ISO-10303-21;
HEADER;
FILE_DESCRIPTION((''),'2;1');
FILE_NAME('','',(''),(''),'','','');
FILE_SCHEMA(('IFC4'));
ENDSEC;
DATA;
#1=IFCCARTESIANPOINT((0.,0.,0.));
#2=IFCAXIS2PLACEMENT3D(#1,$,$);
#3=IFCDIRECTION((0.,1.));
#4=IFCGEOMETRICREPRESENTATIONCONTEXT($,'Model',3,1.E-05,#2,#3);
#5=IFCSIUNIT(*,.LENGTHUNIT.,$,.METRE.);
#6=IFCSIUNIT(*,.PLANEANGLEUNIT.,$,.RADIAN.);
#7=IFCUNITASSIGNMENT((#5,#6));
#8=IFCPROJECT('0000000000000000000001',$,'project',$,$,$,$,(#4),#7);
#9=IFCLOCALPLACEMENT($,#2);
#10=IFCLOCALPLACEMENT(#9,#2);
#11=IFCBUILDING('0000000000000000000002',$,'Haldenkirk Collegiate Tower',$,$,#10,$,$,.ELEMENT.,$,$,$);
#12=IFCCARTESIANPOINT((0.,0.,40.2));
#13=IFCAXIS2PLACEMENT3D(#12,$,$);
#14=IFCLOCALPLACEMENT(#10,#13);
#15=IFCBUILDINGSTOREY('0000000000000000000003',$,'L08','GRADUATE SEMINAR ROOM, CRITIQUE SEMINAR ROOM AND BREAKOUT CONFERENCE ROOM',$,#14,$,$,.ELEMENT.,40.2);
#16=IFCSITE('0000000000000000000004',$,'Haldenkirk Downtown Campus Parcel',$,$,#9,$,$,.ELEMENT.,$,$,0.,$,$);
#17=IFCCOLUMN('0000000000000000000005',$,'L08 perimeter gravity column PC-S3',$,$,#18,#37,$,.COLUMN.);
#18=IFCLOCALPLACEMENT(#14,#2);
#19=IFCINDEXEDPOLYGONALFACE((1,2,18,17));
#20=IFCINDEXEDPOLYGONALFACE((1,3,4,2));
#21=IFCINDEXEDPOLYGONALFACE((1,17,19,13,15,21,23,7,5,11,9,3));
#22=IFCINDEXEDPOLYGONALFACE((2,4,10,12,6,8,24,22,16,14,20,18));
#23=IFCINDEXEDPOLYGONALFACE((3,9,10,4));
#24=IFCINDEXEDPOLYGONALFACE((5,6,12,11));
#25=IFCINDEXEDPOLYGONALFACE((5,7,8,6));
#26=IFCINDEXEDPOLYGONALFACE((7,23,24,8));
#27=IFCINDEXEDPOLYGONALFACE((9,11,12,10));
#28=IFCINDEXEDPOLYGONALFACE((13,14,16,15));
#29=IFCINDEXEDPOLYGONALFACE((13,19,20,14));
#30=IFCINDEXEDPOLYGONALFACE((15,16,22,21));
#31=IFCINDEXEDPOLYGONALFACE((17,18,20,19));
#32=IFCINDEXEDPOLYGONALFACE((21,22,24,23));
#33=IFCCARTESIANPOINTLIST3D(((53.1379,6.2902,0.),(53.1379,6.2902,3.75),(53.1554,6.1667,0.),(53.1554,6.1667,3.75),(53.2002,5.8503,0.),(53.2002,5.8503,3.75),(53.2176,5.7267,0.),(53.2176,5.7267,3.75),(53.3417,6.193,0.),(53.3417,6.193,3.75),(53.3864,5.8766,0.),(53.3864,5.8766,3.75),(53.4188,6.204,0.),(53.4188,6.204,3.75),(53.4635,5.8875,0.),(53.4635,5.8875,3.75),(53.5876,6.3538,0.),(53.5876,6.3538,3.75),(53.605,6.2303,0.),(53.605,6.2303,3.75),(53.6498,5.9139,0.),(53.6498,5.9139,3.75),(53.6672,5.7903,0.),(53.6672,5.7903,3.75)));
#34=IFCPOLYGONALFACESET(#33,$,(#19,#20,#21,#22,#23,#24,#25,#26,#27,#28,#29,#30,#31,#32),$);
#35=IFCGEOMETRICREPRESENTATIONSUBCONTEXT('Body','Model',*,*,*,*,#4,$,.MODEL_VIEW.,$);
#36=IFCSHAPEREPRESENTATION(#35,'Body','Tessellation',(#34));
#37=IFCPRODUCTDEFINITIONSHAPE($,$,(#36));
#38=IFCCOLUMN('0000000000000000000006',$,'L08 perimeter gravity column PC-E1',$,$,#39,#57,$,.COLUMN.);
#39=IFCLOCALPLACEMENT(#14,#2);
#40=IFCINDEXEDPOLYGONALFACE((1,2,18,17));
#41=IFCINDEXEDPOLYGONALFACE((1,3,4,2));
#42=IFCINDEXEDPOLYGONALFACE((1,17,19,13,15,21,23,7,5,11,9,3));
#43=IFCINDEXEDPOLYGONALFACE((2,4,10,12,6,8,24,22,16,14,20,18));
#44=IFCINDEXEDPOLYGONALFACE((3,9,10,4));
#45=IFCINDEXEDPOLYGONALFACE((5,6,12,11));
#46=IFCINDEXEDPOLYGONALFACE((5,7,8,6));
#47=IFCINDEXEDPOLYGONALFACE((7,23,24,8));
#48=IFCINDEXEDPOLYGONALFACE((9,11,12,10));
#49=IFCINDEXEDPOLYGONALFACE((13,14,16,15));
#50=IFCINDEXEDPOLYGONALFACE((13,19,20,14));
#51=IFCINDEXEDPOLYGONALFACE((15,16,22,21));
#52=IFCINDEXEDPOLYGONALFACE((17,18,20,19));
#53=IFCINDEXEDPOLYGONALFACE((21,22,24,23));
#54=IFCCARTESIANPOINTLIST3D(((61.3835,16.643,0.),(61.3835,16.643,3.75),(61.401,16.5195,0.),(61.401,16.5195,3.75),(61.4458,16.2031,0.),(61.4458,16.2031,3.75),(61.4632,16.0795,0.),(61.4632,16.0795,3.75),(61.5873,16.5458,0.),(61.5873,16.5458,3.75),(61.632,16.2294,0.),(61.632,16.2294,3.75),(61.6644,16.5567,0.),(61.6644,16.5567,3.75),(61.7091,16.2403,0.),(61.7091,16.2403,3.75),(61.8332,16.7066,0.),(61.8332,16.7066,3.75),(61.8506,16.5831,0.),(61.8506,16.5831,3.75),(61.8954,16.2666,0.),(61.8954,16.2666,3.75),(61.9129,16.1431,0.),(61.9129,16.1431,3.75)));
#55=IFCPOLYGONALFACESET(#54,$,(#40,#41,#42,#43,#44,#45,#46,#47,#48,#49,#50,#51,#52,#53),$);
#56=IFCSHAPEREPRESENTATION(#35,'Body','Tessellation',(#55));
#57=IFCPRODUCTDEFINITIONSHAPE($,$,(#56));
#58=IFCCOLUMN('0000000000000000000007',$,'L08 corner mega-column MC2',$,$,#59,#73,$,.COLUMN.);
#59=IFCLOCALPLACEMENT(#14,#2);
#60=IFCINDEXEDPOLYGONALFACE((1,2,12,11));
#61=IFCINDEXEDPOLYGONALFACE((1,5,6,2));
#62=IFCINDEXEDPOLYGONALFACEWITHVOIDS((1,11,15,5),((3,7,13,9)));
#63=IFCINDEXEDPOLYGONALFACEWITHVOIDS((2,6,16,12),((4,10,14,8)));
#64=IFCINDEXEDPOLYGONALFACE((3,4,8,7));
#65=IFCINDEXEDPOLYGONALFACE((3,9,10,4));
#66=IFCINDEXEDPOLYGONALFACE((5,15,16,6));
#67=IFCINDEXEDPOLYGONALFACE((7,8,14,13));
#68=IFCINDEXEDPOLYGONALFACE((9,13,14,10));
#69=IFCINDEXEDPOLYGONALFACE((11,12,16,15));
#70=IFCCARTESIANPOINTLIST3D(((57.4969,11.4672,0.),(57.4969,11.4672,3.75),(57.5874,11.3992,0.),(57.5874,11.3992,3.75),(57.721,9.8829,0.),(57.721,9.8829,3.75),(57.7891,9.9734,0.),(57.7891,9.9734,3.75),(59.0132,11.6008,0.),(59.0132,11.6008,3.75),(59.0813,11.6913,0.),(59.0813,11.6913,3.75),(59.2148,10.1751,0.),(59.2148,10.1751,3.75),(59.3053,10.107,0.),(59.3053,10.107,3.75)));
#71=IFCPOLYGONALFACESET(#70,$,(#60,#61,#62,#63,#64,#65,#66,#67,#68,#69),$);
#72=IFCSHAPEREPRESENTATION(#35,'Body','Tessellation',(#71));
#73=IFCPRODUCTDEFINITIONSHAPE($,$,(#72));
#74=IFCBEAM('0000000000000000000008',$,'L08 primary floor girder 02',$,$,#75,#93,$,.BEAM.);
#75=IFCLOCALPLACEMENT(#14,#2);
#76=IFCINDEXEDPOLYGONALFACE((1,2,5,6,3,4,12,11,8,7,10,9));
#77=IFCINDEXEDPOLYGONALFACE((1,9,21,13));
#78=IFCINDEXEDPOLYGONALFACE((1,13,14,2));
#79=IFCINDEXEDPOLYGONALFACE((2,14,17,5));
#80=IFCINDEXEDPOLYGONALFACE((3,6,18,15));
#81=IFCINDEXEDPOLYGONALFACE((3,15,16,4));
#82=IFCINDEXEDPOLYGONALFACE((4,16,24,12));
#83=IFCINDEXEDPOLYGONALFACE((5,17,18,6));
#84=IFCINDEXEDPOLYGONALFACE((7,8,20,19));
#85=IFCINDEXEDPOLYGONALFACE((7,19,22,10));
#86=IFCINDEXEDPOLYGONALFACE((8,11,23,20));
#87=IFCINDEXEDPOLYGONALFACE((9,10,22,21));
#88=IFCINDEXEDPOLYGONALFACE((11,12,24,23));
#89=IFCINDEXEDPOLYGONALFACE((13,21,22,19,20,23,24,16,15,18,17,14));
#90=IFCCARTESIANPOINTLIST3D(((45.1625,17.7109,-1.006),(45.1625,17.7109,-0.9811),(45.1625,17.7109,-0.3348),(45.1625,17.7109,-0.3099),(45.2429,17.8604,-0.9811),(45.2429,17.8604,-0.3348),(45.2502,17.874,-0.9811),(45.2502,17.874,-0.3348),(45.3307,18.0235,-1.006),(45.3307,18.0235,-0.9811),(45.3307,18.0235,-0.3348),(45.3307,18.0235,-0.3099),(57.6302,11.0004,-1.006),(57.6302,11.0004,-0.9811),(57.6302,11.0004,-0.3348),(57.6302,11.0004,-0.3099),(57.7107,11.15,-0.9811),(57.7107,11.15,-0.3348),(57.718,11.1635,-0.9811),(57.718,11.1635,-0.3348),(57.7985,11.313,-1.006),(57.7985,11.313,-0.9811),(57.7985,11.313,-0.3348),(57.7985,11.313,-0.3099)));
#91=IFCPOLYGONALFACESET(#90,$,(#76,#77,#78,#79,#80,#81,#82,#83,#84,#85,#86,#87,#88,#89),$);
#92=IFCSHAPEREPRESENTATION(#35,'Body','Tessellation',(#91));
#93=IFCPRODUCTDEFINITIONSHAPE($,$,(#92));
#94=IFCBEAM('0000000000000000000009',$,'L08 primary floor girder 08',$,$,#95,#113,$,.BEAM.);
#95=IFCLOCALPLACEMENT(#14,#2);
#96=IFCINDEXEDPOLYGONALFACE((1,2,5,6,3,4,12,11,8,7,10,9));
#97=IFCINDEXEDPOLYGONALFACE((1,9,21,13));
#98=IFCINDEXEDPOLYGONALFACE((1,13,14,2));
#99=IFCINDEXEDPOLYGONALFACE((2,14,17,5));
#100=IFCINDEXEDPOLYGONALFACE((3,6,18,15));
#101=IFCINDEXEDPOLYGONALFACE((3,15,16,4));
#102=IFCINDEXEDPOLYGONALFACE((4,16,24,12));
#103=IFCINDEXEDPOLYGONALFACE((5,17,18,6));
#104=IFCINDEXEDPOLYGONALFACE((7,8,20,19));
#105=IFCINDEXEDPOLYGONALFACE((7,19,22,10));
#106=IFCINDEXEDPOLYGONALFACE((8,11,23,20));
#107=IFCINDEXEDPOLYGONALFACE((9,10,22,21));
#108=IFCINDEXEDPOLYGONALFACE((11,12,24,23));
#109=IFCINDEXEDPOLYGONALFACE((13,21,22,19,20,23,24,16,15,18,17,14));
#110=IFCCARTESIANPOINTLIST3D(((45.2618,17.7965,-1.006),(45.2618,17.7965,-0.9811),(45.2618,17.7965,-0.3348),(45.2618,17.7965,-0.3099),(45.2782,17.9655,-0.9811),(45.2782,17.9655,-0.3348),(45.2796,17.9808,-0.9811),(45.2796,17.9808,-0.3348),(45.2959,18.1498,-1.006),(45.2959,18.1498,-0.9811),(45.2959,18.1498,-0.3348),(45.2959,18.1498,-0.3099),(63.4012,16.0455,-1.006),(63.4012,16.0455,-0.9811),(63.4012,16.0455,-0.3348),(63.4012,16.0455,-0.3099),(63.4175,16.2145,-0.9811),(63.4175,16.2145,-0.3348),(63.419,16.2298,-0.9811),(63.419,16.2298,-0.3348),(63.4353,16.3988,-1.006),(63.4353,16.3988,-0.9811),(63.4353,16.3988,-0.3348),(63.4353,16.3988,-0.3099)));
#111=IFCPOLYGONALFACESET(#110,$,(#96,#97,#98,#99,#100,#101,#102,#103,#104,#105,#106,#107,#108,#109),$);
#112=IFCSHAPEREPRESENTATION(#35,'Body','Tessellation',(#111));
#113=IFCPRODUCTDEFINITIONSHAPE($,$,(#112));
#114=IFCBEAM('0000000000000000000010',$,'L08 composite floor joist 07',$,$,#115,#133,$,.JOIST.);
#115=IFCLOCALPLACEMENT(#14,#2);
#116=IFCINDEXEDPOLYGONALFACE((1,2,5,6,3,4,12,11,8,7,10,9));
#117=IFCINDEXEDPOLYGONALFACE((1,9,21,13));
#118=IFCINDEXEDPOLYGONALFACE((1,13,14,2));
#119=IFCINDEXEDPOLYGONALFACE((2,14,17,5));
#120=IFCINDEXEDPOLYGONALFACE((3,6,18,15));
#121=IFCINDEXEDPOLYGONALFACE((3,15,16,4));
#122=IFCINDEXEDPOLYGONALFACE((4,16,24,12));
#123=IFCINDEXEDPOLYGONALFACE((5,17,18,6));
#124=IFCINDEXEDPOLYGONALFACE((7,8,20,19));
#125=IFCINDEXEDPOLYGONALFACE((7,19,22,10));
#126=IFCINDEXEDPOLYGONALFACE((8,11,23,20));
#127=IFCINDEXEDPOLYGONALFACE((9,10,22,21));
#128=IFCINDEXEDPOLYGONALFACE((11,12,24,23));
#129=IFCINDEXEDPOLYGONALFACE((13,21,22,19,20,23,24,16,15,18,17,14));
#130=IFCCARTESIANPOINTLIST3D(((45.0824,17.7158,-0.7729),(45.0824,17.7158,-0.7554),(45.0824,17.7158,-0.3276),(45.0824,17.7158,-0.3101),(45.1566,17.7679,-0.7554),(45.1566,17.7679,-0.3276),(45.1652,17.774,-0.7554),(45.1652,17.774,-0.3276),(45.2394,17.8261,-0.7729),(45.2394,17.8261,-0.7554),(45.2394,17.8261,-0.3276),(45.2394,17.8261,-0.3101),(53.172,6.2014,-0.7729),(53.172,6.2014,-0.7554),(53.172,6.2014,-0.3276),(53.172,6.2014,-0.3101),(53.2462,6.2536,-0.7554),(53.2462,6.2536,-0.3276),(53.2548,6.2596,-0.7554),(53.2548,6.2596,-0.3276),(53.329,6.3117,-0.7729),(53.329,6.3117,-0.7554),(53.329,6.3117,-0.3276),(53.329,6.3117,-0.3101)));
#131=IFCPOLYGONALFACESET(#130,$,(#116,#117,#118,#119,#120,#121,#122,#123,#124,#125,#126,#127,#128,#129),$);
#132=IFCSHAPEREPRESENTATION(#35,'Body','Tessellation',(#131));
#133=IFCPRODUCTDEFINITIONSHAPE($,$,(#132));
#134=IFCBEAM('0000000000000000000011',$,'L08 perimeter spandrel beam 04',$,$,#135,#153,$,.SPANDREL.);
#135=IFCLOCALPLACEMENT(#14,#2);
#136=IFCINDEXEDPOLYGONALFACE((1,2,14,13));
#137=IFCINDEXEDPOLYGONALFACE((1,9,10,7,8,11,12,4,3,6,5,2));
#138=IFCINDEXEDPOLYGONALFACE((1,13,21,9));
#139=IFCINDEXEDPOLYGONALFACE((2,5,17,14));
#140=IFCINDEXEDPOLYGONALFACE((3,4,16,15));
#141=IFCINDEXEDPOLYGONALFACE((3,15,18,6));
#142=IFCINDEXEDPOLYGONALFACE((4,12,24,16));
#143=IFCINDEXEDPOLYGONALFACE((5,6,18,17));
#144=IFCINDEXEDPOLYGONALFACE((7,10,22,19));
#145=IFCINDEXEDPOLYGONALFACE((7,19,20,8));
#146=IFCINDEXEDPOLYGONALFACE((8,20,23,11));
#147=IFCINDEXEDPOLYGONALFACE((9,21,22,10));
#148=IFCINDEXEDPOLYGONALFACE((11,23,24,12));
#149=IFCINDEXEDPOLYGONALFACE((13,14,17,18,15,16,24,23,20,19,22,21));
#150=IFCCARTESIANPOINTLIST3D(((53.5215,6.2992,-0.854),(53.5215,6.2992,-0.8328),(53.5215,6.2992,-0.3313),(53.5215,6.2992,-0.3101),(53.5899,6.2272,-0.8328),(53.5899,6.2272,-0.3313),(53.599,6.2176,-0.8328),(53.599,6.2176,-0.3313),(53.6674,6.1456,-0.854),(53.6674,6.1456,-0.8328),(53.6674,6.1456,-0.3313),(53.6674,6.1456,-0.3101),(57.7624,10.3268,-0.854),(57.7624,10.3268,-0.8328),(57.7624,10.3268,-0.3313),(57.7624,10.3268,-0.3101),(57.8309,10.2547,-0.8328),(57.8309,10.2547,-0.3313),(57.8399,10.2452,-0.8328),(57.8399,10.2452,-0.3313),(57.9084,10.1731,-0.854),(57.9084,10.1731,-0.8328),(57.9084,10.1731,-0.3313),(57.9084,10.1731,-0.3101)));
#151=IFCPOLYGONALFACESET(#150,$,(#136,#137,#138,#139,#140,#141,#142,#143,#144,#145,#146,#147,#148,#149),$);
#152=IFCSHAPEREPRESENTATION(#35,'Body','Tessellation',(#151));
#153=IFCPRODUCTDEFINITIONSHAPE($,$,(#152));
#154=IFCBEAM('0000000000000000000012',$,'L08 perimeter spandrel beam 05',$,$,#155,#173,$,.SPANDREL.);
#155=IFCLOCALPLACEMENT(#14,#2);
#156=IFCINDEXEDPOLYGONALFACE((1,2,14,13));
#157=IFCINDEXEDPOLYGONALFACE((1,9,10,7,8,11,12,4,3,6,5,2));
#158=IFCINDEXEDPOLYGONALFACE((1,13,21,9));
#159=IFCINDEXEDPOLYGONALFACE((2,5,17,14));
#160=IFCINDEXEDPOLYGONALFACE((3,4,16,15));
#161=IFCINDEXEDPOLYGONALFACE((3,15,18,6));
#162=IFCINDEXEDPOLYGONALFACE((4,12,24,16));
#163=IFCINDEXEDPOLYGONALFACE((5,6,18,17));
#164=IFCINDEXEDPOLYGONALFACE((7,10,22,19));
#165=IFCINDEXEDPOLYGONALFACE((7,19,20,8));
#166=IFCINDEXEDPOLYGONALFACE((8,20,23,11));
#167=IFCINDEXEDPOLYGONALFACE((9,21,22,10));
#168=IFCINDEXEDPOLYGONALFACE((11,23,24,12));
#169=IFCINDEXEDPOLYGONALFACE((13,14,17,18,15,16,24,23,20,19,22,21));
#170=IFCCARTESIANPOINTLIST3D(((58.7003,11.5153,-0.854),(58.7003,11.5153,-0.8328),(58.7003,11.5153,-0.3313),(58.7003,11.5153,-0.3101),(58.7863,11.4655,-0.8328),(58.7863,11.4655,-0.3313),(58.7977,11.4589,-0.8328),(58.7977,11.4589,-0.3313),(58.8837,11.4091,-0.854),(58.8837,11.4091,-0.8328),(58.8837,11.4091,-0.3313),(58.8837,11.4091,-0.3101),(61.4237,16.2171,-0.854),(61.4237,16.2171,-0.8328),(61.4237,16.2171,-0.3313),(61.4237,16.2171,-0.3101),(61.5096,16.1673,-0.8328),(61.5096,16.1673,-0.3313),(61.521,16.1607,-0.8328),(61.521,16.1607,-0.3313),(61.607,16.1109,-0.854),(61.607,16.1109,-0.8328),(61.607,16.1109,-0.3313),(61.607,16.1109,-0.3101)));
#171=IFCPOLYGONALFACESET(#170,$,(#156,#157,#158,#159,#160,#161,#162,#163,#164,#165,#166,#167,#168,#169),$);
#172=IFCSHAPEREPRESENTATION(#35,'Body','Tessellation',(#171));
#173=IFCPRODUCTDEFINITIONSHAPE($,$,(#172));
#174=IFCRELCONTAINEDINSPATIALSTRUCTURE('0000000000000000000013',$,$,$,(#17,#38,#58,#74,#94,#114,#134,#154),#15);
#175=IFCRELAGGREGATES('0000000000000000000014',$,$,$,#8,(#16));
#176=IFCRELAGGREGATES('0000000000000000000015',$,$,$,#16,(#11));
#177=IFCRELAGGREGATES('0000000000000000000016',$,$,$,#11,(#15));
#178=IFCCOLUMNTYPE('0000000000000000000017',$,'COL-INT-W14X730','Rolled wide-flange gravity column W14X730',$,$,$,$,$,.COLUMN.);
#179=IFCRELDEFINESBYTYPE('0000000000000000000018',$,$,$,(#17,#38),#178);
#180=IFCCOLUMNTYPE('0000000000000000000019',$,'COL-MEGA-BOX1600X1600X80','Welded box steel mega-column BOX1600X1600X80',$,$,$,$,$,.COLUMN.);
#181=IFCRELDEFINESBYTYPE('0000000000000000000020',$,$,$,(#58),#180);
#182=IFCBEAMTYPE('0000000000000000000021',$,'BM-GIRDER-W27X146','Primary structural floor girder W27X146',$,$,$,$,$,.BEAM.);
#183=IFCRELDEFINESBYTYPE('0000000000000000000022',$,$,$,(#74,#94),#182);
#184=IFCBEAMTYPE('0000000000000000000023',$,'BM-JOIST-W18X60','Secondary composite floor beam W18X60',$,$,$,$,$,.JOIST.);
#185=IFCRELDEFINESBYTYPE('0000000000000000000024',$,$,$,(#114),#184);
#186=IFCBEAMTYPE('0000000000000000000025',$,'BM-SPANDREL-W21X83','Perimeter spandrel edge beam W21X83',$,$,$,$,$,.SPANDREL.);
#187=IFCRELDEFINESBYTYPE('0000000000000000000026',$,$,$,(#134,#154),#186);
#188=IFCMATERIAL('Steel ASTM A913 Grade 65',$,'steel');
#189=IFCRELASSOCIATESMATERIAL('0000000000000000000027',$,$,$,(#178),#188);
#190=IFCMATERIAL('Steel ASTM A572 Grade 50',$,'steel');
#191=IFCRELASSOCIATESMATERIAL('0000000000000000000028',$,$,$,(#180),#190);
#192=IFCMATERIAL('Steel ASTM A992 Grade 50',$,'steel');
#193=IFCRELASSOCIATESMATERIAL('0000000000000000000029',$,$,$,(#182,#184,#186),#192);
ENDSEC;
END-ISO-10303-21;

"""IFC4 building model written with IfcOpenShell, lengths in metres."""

from ifc_helpers import new_model, si_unit, direction, frame, origin, origin_2d, place, context, subcontext, project, spatial, hollow_rectangle, i_section, extrude, material, material_profile, profile_set, type_object, element, save


model = new_model("IFC4")

# Units and contexts
model_context = context("Model", 3, precision=1e-05, world=origin(), true_north=direction((0.0, 1.0)))
body_context = subcontext(model_context, "Body", "Model", "MODEL_VIEW")
ifc_project = project(units=[si_unit("LENGTHUNIT", "METRE"), si_unit("PLANEANGLEUNIT", "RADIAN")], contexts=[model_context])

# Site, building, storey
site_placement = place(None, origin())
site = spatial("IfcSite", under=ifc_project, at=site_placement, Name="Haldenkirk Downtown Campus Parcel", CompositionType="ELEMENT", RefElevation=0.0)
building_placement = place(site_placement, origin())
building = spatial("IfcBuilding", under=site, at=building_placement, Name="Haldenkirk Collegiate Tower", CompositionType="ELEMENT")
storey_placement = place(building_placement, frame((0.0, 0.0, 40.2)))
storey = spatial("IfcBuildingStorey", under=building, at=storey_placement, Name="L08", Description="GRADUATE SEMINAR ROOM, CRITIQUE SEMINAR ROOM AND BREAKOUT CONFERENCE ROOM", CompositionType="ELEMENT", Elevation=40.2)

# Columns
ifc_material_1 = material(Name="Steel ASTM A913 Grade 65", Category="steel")
ifc_material_profile_1 = material_profile(ifc_material_1, i_section(OverallWidth=0.4541, OverallDepth=0.5691, WebThickness=0.0779, FlangeThickness=0.1248, at=origin_2d()), Name="W14X730")
ifc_profile_set_1 = profile_set([ifc_material_profile_1], Name="Steel ASTM A913 Grade 65")
column_type_1 = type_object("IfcColumnType", Name="COL-INT-W14X730", Description="Rolled wide-flange gravity column W14X730", PredefinedType="COLUMN", material=ifc_profile_set_1)
for number, where, z_axis, x_axis, name in (
    (1, (53.4026, 6.0403, 0.0), (0.0, 0.0, 1.0), (0.990146, 0.140037, 0.0), "L08 perimeter gravity column PC-S3"),
    (2, (61.6482, 16.3931, 0.0), (0.0, 0.0, 1.0), (0.990146, 0.140037, 0.0), "L08 perimeter gravity column PC-E1"),
):
    element("IfcColumn", number, at=place(storey_placement, frame(where, z_axis=z_axis, x_axis=x_axis)), inside=storey, type_object=column_type_1, Name=name, PredefinedType="COLUMN", context=body_context, shape_type="SweptSolid", body=[
        extrude(i_section(OverallWidth=0.4541, OverallDepth=0.5691, WebThickness=0.0779, FlangeThickness=0.1248, at=origin_2d()), origin(), (0.0, 0.0, 1.0), 3.75),
    ])
ifc_material_2 = material(Name="Steel ASTM A572 Grade 50", Category="steel")
ifc_material_profile_2 = material_profile(ifc_material_2, hollow_rectangle(XDim=1.6001, YDim=1.6001, WallThickness=0.0801, at=origin_2d()), Name="BOX1600X1600X80")
ifc_profile_set_2 = profile_set([ifc_material_profile_2], Name="Steel ASTM A572 Grade 50")
column_type_2 = type_object("IfcColumnType", Name="COL-MEGA-BOX1600X1600X80", Description="Welded box steel mega-column BOX1600X1600X80", PredefinedType="COLUMN", material=ifc_profile_set_2)
column_placement = place(storey_placement, frame((58.4011, 10.7871, 0.0), z_axis=(0.0, 0.0, 1.0), x_axis=(0.990146, 0.140037, 0.0)))
element("IfcColumn", 3, at=column_placement, inside=storey, type_object=column_type_2, Name="L08 corner mega-column MC2", PredefinedType="COLUMN", context=body_context, shape_type="SweptSolid", body=[
    extrude(hollow_rectangle(XDim=1.6001, YDim=1.6001, WallThickness=0.0801, at=origin_2d()), origin(), (0.0, 0.0, 1.0), 3.75),
])

# Beams
ifc_material_3 = material(Name="Steel ASTM A992 Grade 50", Category="steel")
ifc_material_profile_3 = material_profile(ifc_material_3, i_section(OverallWidth=0.355, OverallDepth=0.696, WebThickness=0.0154, FlangeThickness=0.0249, at=origin_2d()), Name="W27X146")
ifc_profile_set_3 = profile_set([ifc_material_profile_3], Name="Steel ASTM A992 Grade 50")
beam_type_1 = type_object("IfcBeamType", Name="BM-GIRDER-W27X146", Description="Primary structural floor girder W27X146", PredefinedType="BEAM", material=ifc_profile_set_3)
beam_1_placement = place(storey_placement, frame((57.7144, 11.1567, -0.658), z_axis=(-0.880559, 0.473937, 0.0), x_axis=(-0.473937, -0.880559, 0.0)))
element("IfcBeam", 4, at=beam_1_placement, inside=storey, type_object=beam_type_1, Name="L08 primary floor girder 02", PredefinedType="BEAM", context=body_context, shape_type="SweptSolid", body=[
    extrude(i_section(OverallWidth=0.355, OverallDepth=0.696, WebThickness=0.0154, FlangeThickness=0.0249, at=origin_2d()), origin(), (0.0, 0.0, 1.0), 14.1589),
])
beam_2_placement = place(storey_placement, frame((63.4182, 16.2222, -0.658), z_axis=(-0.995373, 0.096082, 0.0), x_axis=(-0.096082, -0.995373, 0.0)))
element("IfcBeam", 5, at=beam_2_placement, inside=storey, type_object=beam_type_1, Name="L08 primary floor girder 08", PredefinedType="BEAM", context=body_context, shape_type="SweptSolid", body=[
    extrude(i_section(OverallWidth=0.355, OverallDepth=0.696, WebThickness=0.0154, FlangeThickness=0.0249, at=origin_2d()), origin(), (0.0, 0.0, 1.0), 18.2236),
])
ifc_material_profile_4 = material_profile(ifc_material_3, i_section(OverallWidth=0.1919, OverallDepth=0.4629, WebThickness=0.0105, FlangeThickness=0.0176, at=origin_2d()), Name="W18X60")
ifc_profile_set_4 = profile_set([ifc_material_profile_4], Name="Steel ASTM A992 Grade 50")
beam_type_2 = type_object("IfcBeamType", Name="BM-JOIST-W18X60", Description="Secondary composite floor beam W18X60", PredefinedType="JOIST", material=ifc_profile_set_4)
beam_3_placement = place(storey_placement, frame((53.2505, 6.2566, -0.5415), z_axis=(-0.574869, 0.818245, 0.0), x_axis=(-0.818245, -0.574869, 0.0)))
element("IfcBeam", 6, at=beam_3_placement, inside=storey, type_object=beam_type_2, Name="L08 composite floor joist 07", PredefinedType="JOIST", context=body_context, shape_type="SweptSolid", body=[
    extrude(i_section(OverallWidth=0.1919, OverallDepth=0.4629, WebThickness=0.0105, FlangeThickness=0.0176, at=origin_2d()), origin(), (0.0, 0.0, 1.0), 14.072),
])
ifc_material_profile_5 = material_profile(ifc_material_3, i_section(OverallWidth=0.2119, OverallDepth=0.5439, WebThickness=0.0132, FlangeThickness=0.0212, at=origin_2d()), Name="W21X83")
ifc_profile_set_5 = profile_set([ifc_material_profile_5], Name="Steel ASTM A992 Grade 50")
beam_type_3 = type_object("IfcBeamType", Name="BM-SPANDREL-W21X83", Description="Perimeter spandrel edge beam W21X83", PredefinedType="SPANDREL", material=ifc_profile_set_5)
beam_4_placement = place(storey_placement, frame((53.5945, 6.2224, -0.582), z_axis=(0.725113, 0.68863, 0.0), x_axis=(-0.68863, 0.725113, 0.0)))
element("IfcBeam", 7, at=beam_4_placement, inside=storey, type_object=beam_type_3, Name="L08 perimeter spandrel beam 04", PredefinedType="SPANDREL", context=body_context, shape_type="SweptSolid", body=[
    extrude(i_section(OverallWidth=0.2119, OverallDepth=0.5439, WebThickness=0.0132, FlangeThickness=0.0212, at=origin_2d()), origin(), (0.0, 0.0, 1.0), 5.8486),
])
beam_5_placement = place(storey_placement, frame((58.792, 11.4622, -0.582), z_axis=(0.501206, 0.865328, 0.0), x_axis=(-0.865328, 0.501206, 0.0)))
element("IfcBeam", 8, at=beam_5_placement, inside=storey, type_object=beam_type_3, Name="L08 perimeter spandrel beam 05", PredefinedType="SPANDREL", context=body_context, shape_type="SweptSolid", body=[
    extrude(i_section(OverallWidth=0.2119, OverallDepth=0.5439, WebThickness=0.0132, FlangeThickness=0.0212, at=origin_2d()), origin(), (0.0, 0.0, 1.0), 5.4336),
])

save(model, "model.ifc")
